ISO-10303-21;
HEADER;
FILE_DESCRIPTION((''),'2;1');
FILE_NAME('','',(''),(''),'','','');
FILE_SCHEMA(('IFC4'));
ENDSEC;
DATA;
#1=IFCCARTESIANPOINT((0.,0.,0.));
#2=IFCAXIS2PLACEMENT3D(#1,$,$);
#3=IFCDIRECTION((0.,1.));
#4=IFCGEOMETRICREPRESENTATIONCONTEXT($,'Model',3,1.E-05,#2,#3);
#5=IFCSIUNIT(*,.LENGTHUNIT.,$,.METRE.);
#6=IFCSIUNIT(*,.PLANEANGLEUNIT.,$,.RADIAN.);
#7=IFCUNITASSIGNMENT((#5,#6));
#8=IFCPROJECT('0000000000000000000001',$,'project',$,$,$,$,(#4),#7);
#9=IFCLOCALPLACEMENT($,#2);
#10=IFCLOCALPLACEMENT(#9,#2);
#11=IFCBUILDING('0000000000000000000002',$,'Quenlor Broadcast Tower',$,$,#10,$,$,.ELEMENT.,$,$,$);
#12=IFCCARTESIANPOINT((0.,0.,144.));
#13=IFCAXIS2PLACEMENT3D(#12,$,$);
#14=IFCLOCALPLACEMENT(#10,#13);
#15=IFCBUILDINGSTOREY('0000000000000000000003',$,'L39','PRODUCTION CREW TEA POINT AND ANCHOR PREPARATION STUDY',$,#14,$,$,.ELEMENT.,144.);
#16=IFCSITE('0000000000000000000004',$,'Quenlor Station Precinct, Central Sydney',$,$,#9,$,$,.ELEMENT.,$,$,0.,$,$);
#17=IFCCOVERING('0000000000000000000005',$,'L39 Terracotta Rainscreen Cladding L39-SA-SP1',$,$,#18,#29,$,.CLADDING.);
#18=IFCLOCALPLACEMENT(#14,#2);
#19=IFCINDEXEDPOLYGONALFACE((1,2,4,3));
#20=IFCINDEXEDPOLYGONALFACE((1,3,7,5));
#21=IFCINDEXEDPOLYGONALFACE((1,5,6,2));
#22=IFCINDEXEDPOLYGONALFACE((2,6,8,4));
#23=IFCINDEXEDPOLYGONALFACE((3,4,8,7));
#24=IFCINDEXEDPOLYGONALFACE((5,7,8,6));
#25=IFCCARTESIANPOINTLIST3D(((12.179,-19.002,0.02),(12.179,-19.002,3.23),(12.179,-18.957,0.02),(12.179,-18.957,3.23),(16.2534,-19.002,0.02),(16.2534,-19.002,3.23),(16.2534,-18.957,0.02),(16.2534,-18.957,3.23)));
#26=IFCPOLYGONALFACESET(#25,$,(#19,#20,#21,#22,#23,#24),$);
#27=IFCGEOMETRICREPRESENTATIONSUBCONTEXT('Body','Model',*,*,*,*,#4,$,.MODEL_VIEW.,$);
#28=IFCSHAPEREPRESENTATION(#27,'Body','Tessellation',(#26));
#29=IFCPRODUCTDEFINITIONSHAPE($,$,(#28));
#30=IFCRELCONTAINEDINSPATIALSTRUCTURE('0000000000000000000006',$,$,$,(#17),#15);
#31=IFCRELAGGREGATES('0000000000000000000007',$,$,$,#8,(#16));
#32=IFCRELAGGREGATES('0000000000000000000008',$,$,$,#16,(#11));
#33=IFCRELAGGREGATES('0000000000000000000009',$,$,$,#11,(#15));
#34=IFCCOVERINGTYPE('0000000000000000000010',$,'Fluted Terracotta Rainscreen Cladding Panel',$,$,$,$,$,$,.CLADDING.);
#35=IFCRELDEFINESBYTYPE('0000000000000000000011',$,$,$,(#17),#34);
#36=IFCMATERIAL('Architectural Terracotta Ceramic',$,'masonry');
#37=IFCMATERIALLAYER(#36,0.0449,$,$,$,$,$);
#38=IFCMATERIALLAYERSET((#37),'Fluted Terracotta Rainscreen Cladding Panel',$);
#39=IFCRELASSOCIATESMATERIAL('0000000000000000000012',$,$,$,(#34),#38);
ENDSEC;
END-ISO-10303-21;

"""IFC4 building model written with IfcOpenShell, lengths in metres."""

from ifc_helpers import new_model, si_unit, direction, frame, origin, place, context, subcontext, project, spatial, polyline, outline, extrude, material, layer, layer_set, type_object, element, save


model = new_model("IFC4")

# Units and contexts
model_context = context("Model", 3, precision=1e-05, world=origin(), true_north=direction((0.0, 1.0)))
body_context = subcontext(model_context, "Body", "Model", "MODEL_VIEW")
ifc_project = project(units=[si_unit("LENGTHUNIT", "METRE"), si_unit("PLANEANGLEUNIT", "RADIAN")], contexts=[model_context])

# Site, building, storey
site_placement = place(None, origin())
site = spatial("IfcSite", under=ifc_project, at=site_placement, Name="Quenlor Station Precinct, Central Sydney", CompositionType="ELEMENT", RefElevation=0.0)
building_placement = place(site_placement, origin())
building = spatial("IfcBuilding", under=site, at=building_placement, Name="Quenlor Broadcast Tower", CompositionType="ELEMENT")
storey_placement = place(building_placement, frame((0.0, 0.0, 144.0)))
storey = spatial("IfcBuildingStorey", under=building, at=storey_placement, Name="L39", Description="PRODUCTION CREW TEA POINT AND ANCHOR PREPARATION STUDY", CompositionType="ELEMENT", Elevation=144.0)

# Covering
ifc_material_1 = material(Name="Architectural Terracotta Ceramic", Category="masonry")
ifc_layer_1 = layer(ifc_material_1, 0.0449)
ifc_layer_set_1 = layer_set([ifc_layer_1], Name="Fluted Terracotta Rainscreen Cladding Panel")
covering_type = type_object("IfcCoveringType", Name="Fluted Terracotta Rainscreen Cladding Panel", PredefinedType="CLADDING", material=ifc_layer_set_1)
covering_1_placement = place(storey_placement, frame((0.0, 0.0, 0.02)))
element("IfcCovering", 1, at=covering_1_placement, inside=storey, type_object=covering_type, Name="L39 Terracotta Rainscreen Cladding L39-SA-SP1", PredefinedType="CLADDING", context=body_context, shape_type="SweptSolid", body=[
    extrude(outline(polyline([(16.2534, -18.957), (12.179, -18.957), (12.179, -19.002), (16.2534, -19.002), (16.2534, -18.957)])), origin(), (0.0, 0.0, 1.0), 3.21),
])

save(model, "model.ifc")
